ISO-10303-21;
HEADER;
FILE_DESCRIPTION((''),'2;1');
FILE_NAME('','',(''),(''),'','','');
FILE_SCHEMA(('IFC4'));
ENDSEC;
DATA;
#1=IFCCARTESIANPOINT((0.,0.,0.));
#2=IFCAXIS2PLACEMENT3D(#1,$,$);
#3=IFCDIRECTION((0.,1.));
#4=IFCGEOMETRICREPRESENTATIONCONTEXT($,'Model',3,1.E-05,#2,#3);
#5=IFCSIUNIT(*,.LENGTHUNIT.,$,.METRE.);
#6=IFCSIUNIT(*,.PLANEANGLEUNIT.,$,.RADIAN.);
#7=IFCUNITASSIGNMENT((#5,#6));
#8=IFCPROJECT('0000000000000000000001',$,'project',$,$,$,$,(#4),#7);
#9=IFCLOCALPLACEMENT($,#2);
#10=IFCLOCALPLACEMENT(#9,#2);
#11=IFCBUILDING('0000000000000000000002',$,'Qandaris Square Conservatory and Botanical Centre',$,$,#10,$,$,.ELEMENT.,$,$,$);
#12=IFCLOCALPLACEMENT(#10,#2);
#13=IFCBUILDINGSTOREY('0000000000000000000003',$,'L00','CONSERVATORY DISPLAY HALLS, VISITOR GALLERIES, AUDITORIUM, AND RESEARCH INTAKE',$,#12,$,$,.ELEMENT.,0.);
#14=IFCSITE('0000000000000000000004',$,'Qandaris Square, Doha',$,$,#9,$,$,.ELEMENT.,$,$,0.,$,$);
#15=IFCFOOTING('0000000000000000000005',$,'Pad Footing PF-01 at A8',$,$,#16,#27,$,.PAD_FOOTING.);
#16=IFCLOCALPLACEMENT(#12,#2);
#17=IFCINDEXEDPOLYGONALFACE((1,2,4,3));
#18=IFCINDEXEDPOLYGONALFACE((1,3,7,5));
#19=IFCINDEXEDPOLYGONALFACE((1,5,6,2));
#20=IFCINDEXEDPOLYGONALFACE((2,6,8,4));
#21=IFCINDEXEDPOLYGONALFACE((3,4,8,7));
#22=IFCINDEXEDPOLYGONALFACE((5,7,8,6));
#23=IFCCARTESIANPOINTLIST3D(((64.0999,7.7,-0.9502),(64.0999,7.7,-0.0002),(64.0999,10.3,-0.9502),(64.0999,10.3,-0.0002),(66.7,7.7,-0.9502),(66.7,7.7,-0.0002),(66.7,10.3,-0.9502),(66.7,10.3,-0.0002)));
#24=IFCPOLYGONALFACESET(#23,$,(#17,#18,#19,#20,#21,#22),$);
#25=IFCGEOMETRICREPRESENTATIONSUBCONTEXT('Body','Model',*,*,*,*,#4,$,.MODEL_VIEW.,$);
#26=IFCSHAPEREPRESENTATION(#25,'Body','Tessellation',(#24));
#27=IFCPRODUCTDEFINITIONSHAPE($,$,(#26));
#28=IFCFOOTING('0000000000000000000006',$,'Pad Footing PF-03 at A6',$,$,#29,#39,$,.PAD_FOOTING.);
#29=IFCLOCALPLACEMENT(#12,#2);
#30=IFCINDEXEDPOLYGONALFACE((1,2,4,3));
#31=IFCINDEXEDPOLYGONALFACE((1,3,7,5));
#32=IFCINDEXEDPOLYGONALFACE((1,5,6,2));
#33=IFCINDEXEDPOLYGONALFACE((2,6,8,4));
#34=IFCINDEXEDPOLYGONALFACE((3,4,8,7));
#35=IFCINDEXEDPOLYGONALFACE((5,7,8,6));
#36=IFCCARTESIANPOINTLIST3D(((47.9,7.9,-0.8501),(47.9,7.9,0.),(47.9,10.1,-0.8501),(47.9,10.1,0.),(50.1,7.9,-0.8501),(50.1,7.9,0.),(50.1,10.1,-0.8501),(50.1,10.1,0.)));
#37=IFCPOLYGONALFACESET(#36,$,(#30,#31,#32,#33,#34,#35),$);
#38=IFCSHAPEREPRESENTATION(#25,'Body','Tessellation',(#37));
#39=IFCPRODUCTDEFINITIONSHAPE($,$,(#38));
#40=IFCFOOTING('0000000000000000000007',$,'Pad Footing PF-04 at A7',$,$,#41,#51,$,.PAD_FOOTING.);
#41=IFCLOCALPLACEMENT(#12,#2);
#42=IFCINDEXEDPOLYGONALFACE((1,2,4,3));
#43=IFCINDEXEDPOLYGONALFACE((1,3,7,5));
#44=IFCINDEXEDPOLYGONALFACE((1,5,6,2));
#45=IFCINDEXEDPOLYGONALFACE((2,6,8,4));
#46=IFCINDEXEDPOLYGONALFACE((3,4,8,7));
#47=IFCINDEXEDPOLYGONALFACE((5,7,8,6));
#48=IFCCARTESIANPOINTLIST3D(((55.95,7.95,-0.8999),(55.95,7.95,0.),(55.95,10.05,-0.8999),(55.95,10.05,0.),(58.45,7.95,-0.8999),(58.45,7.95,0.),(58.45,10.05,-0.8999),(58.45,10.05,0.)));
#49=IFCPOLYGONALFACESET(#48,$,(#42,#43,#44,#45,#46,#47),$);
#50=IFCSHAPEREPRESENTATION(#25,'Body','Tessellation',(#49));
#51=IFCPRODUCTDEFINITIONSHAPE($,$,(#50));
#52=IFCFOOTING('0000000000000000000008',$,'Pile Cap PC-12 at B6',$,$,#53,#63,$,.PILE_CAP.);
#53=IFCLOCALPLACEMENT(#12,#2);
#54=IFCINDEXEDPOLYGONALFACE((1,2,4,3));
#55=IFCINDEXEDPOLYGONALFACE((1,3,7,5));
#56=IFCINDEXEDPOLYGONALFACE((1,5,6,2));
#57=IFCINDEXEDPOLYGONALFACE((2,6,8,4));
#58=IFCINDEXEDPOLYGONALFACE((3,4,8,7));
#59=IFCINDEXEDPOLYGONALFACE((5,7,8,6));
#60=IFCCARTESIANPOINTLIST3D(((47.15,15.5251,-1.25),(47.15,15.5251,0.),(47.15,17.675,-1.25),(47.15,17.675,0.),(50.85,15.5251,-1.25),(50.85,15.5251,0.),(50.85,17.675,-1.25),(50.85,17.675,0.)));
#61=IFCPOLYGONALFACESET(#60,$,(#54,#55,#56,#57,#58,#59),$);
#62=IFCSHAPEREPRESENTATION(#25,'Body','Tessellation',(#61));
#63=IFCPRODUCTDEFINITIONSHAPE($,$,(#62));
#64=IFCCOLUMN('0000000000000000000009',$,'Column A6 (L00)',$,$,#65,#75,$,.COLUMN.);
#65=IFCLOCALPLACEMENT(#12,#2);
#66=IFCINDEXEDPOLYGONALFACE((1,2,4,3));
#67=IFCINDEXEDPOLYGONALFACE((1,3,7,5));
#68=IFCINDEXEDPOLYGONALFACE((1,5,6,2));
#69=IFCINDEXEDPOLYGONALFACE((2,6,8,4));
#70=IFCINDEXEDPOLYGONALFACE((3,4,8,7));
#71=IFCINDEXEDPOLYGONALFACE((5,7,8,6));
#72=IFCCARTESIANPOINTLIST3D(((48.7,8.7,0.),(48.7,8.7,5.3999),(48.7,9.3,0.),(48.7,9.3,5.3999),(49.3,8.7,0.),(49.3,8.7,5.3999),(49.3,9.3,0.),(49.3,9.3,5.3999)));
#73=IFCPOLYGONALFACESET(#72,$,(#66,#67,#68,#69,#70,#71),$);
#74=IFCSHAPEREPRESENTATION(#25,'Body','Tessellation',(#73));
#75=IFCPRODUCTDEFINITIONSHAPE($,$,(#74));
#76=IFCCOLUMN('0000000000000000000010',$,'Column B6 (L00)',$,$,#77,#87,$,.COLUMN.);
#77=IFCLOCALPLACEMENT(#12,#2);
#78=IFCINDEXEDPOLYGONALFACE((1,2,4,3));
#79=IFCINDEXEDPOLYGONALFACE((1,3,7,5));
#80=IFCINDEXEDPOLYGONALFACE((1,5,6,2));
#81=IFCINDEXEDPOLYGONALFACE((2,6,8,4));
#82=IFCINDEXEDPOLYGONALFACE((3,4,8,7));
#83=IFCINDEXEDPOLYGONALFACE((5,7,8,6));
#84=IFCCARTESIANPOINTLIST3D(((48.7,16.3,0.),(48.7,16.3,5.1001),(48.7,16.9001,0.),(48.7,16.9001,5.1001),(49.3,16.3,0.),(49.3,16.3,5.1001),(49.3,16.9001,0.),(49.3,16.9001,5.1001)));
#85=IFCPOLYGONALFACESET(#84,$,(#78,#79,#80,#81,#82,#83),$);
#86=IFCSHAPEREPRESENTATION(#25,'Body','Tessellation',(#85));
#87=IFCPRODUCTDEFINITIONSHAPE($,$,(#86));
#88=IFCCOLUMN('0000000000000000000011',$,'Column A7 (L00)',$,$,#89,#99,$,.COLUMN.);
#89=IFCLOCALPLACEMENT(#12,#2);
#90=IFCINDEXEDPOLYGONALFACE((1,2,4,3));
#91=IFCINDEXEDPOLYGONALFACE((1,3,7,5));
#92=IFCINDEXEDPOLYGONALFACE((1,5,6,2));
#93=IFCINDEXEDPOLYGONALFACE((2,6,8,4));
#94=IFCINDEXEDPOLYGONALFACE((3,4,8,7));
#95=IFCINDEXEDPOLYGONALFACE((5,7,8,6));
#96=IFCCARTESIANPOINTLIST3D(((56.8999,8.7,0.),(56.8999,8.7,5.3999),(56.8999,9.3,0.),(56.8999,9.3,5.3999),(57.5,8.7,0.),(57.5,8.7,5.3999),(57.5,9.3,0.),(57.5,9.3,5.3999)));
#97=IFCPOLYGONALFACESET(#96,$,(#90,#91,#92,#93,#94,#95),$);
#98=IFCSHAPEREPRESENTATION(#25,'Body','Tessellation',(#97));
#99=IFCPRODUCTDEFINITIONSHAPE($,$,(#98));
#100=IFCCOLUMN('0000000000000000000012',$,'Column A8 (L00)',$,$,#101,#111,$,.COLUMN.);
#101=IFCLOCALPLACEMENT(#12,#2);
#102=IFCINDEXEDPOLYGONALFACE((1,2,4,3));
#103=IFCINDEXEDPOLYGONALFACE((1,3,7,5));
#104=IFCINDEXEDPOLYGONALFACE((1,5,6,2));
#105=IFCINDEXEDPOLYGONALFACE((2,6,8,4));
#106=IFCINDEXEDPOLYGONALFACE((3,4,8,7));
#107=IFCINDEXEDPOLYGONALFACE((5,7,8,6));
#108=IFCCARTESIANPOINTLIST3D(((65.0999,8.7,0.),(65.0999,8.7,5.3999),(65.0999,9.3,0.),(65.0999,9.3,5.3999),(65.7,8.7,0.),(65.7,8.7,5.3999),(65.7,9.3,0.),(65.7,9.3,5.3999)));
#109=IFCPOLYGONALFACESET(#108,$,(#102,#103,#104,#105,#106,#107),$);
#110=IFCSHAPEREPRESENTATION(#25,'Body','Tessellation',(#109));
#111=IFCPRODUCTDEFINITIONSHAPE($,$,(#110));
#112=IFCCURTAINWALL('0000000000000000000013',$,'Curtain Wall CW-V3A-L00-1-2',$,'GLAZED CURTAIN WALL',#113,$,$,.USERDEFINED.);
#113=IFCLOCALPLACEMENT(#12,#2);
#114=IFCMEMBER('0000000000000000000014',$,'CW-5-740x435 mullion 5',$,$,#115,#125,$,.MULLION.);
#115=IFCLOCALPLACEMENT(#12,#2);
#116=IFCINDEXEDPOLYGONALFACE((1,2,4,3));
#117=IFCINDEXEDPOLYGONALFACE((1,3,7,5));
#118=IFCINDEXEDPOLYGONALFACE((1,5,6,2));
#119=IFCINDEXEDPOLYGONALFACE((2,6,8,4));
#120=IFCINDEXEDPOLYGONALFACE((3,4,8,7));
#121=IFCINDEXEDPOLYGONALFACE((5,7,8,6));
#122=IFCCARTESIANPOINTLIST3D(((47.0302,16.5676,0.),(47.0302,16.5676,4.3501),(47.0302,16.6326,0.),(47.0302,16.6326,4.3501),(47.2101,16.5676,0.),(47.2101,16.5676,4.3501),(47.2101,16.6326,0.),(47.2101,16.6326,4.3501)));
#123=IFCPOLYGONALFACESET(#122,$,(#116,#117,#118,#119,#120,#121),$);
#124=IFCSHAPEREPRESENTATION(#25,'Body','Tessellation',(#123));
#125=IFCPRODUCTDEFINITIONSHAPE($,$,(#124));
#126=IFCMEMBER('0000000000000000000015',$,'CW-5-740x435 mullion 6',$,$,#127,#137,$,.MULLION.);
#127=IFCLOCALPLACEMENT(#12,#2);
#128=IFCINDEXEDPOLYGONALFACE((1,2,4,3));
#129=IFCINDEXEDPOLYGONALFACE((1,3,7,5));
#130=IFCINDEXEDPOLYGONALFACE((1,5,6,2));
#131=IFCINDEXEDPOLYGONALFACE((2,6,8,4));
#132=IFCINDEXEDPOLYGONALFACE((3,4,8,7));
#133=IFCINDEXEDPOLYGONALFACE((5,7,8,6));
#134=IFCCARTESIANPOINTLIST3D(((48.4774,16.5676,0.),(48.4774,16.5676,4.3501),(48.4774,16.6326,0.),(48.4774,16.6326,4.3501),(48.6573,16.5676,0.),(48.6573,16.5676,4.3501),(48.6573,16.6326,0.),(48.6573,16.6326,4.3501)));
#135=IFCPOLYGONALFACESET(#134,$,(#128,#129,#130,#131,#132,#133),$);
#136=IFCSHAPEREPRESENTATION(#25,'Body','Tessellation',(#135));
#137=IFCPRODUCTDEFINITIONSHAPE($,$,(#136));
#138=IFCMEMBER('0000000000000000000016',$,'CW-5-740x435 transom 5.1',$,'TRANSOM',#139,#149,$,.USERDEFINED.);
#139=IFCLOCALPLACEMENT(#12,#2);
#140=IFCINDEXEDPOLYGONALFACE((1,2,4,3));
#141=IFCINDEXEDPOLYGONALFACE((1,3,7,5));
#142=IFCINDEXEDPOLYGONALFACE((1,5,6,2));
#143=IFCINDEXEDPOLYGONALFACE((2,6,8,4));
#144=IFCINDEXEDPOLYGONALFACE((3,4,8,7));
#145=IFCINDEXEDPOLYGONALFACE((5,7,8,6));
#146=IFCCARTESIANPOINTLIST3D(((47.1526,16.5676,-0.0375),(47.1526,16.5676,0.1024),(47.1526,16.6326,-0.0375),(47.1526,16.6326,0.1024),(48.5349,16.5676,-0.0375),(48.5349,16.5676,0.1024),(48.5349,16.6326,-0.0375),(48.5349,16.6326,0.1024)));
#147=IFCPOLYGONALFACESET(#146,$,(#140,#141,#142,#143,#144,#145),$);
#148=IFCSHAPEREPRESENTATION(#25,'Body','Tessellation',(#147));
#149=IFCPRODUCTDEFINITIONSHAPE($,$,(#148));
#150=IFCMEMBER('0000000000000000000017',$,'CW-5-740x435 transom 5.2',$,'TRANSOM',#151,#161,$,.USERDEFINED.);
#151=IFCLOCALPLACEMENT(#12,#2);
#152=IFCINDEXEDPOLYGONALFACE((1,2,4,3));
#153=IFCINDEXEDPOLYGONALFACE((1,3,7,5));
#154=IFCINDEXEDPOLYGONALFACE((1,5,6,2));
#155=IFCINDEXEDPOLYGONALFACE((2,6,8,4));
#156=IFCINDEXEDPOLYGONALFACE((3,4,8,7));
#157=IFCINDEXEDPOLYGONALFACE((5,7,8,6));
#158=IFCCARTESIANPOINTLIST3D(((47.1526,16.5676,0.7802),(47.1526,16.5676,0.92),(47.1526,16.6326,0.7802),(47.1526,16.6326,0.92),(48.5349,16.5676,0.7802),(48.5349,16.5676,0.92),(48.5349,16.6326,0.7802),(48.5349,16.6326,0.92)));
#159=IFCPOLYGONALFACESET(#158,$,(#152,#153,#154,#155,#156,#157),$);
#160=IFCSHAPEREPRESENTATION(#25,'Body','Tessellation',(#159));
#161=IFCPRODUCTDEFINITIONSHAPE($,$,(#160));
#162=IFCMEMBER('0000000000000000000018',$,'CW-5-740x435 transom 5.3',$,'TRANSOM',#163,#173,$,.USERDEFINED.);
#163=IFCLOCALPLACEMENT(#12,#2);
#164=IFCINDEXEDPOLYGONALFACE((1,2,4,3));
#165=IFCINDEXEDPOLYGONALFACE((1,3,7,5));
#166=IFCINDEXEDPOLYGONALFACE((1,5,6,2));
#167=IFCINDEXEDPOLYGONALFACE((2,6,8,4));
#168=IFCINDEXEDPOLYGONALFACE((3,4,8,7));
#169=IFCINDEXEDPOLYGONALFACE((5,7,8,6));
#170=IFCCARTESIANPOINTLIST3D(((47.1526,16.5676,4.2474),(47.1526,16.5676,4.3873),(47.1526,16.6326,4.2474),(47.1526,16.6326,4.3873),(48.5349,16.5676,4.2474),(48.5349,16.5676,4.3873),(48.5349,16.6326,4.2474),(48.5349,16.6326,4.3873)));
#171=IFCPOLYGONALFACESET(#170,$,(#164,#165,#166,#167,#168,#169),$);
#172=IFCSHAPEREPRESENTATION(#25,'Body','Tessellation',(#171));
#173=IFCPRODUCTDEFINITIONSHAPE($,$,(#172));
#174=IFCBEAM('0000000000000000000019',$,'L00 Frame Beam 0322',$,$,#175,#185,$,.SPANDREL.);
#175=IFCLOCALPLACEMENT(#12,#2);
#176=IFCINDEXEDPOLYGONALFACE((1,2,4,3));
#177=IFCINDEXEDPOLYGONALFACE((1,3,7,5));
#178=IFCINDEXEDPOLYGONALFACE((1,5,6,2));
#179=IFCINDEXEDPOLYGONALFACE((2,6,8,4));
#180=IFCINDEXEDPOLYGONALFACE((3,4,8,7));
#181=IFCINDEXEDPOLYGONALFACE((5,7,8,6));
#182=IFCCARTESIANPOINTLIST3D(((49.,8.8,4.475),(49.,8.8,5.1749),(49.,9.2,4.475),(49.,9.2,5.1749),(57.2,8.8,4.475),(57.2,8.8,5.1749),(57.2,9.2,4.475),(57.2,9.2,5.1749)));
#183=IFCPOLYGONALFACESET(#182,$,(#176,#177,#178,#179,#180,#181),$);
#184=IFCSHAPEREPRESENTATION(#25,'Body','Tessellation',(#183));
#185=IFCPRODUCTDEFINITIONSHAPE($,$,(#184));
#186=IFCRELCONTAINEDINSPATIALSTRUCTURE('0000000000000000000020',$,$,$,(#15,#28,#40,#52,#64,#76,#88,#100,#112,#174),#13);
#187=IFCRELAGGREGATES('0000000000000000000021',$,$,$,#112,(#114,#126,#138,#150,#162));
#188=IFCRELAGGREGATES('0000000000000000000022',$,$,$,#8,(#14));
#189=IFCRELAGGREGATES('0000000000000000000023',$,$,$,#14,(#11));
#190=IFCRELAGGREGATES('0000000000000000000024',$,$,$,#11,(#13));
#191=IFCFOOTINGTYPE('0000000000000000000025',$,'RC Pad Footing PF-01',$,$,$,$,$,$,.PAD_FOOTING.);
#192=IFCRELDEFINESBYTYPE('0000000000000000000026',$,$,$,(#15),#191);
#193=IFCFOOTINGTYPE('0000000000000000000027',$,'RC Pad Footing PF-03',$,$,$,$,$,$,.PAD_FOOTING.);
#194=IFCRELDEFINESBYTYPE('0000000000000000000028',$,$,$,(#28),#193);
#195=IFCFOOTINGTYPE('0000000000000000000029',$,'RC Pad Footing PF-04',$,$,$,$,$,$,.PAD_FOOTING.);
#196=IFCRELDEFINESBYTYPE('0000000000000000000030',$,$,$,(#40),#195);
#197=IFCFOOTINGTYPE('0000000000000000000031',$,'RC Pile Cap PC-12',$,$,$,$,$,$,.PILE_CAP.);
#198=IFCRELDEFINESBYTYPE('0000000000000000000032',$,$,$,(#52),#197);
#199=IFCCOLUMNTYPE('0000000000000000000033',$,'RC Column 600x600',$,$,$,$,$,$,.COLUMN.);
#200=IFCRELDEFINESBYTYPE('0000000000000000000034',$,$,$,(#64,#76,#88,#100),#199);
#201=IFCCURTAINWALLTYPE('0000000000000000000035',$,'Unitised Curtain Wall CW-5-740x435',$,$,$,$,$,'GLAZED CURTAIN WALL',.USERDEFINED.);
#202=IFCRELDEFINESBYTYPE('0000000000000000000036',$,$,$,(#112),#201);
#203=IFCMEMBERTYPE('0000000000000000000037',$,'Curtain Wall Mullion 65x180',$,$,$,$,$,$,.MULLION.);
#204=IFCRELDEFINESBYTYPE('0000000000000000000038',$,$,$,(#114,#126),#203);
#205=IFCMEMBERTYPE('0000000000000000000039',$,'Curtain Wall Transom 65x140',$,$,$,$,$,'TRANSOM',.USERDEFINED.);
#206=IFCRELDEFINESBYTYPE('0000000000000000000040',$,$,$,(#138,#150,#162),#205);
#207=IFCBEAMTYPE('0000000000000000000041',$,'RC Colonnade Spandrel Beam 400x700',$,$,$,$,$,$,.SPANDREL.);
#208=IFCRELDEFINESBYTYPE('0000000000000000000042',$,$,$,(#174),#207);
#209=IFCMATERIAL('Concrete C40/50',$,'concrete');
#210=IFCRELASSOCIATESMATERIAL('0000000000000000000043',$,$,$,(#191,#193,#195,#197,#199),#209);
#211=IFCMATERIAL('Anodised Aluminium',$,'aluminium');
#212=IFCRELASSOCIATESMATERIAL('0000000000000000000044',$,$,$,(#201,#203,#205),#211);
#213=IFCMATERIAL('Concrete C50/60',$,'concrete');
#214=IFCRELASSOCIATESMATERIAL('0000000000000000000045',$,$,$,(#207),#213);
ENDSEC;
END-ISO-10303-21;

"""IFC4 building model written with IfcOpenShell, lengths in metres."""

from ifc_helpers import new_model, si_unit, direction, frame, origin, origin_2d, place, context, subcontext, project, spatial, rectangle, extrude, material, material_profile, profile_set, type_object, element, aggregate, save


model = new_model("IFC4")

# Units and contexts
model_context = context("Model", 3, precision=1e-05, world=origin(), true_north=direction((0.0, 1.0)))
body_context = subcontext(model_context, "Body", "Model", "MODEL_VIEW")
ifc_project = project(units=[si_unit("LENGTHUNIT", "METRE"), si_unit("PLANEANGLEUNIT", "RADIAN")], contexts=[model_context])

# Site, building, storey
site_placement = place(None, origin())
site = spatial("IfcSite", under=ifc_project, at=site_placement, Name="Qandaris Square, Doha", CompositionType="ELEMENT", RefElevation=0.0)
building_placement = place(site_placement, origin())
building = spatial("IfcBuilding", under=site, at=building_placement, Name="Qandaris Square Conservatory and Botanical Centre", CompositionType="ELEMENT")
storey_placement = place(building_placement, origin())
storey = spatial("IfcBuildingStorey", under=building, at=storey_placement, Name="L00", Description="CONSERVATORY DISPLAY HALLS, VISITOR GALLERIES, AUDITORIUM, AND RESEARCH INTAKE", CompositionType="ELEMENT", Elevation=0.0)

# Shared definitions
ifc_material_1 = material(Name="Concrete C50/60", Category="concrete")

# Footings
ifc_material_2 = material(Name="Concrete C40/50", Category="concrete")
footing_type_1 = type_object("IfcFootingType", Name="RC Pad Footing PF-01", PredefinedType="PAD_FOOTING", material=ifc_material_2)
footing_1_placement = place(storey_placement, frame((65.3999, 9.0, -0.9502), z_axis=(0.0, 0.0, 1.0), x_axis=(1.0, 0.0, 0.0)))
element("IfcFooting", 1, at=footing_1_placement, inside=storey, type_object=footing_type_1, Name="Pad Footing PF-01 at A8", PredefinedType="PAD_FOOTING", context=body_context, shape_type="SweptSolid", body=[
    extrude(rectangle(XDim=2.6001, YDim=2.6001, at=origin_2d()), origin(), (0.0, 0.0, 1.0), 0.95),
])
footing_type_2 = type_object("IfcFootingType", Name="RC Pad Footing PF-03", PredefinedType="PAD_FOOTING", material=ifc_material_2)
footing_2_placement = place(storey_placement, frame((49.0, 9.0, -0.8501), z_axis=(0.0, 0.0, 1.0), x_axis=(1.0, 0.0, 0.0)))
element("IfcFooting", 2, at=footing_2_placement, inside=storey, type_object=footing_type_2, Name="Pad Footing PF-03 at A6", PredefinedType="PAD_FOOTING", context=body_context, shape_type="SweptSolid", body=[
    extrude(rectangle(XDim=2.2, YDim=2.2, at=origin_2d()), origin(), (0.0, 0.0, 1.0), 0.8501),
])
footing_type_3 = type_object("IfcFootingType", Name="RC Pad Footing PF-04", PredefinedType="PAD_FOOTING", material=ifc_material_2)
footing_3_placement = place(storey_placement, frame((57.2, 9.0, -0.8999), z_axis=(0.0, 0.0, 1.0), x_axis=(1.0, 0.0, 0.0)))
element("IfcFooting", 3, at=footing_3_placement, inside=storey, type_object=footing_type_3, Name="Pad Footing PF-04 at A7", PredefinedType="PAD_FOOTING", context=body_context, shape_type="SweptSolid", body=[
    extrude(rectangle(XDim=2.5, YDim=2.1001, at=origin_2d()), origin(), (0.0, 0.0, 1.0), 0.8999),
])
footing_type_4 = type_object("IfcFootingType", Name="RC Pile Cap PC-12", PredefinedType="PILE_CAP", material=ifc_material_2)
footing_4_placement = place(storey_placement, frame((49.0, 16.6001, -1.25), z_axis=(0.0, 0.0, 1.0), x_axis=(1.0, 0.0, 0.0)))
element("IfcFooting", 4, at=footing_4_placement, inside=storey, type_object=footing_type_4, Name="Pile Cap PC-12 at B6", PredefinedType="PILE_CAP", context=body_context, shape_type="SweptSolid", body=[
    extrude(rectangle(XDim=3.7, YDim=2.1499, at=origin_2d()), origin(), (0.0, 0.0, 1.0), 1.25),
])

# Columns
ifc_material_profile_1 = material_profile(ifc_material_2, rectangle(XDim=0.6001, YDim=0.6001, at=origin_2d()), Name="RC-COL 600x600")
ifc_profile_set_1 = profile_set([ifc_material_profile_1], Name="Concrete C40/50")
column_type = type_object("IfcColumnType", Name="RC Column 600x600", PredefinedType="COLUMN", material=ifc_profile_set_1)
column_1_placement = place(storey_placement, frame((49.0, 9.0, 0.0), z_axis=(0.0, 0.0, 1.0), x_axis=(1.0, 0.0, 0.0)))
element("IfcColumn", 5, at=column_1_placement, inside=storey, type_object=column_type, Name="Column A6 (L00)", PredefinedType="COLUMN", context=body_context, shape_type="SweptSolid", body=[
    extrude(rectangle(XDim=0.6001, YDim=0.6001, at=origin_2d()), origin(), (0.0, 0.0, 1.0), 5.3999),
])
column_2_placement = place(storey_placement, frame((49.0, 16.6001, 0.0), z_axis=(0.0, 0.0, 1.0), x_axis=(1.0, 0.0, 0.0)))
element("IfcColumn", 6, at=column_2_placement, inside=storey, type_object=column_type, Name="Column B6 (L00)", PredefinedType="COLUMN", context=body_context, shape_type="SweptSolid", body=[
    extrude(rectangle(XDim=0.6001, YDim=0.6001, at=origin_2d()), origin(), (0.0, 0.0, 1.0), 5.1001),
])
for number, where, z_axis, x_axis, name in (
    (7, (57.2, 9.0, 0.0), (0.0, 0.0, 1.0), (1.0, 0.0, 0.0), "Column A7 (L00)"),
    (8, (65.3999, 9.0, 0.0), (0.0, 0.0, 1.0), (1.0, 0.0, 0.0), "Column A8 (L00)"),
):
    element("IfcColumn", number, at=place(storey_placement, frame(where, z_axis=z_axis, x_axis=x_axis)), inside=storey, type_object=column_type, Name=name, PredefinedType="COLUMN", context=body_context, shape_type="SweptSolid", body=[
        extrude(rectangle(XDim=0.6001, YDim=0.6001, at=origin_2d()), origin(), (0.0, 0.0, 1.0), 5.3999),
    ])

# Curtain wall, members
ifc_material_3 = material(Name="Anodised Aluminium", Category="aluminium")
curtain_wall_type = type_object("IfcCurtainWallType", Name="Unitised Curtain Wall CW-5-740x435", ElementType="GLAZED CURTAIN WALL", PredefinedType="USERDEFINED", material=ifc_material_3)
curtain_wall_placement = place(storey_placement, origin())
curtain_wall = element("IfcCurtainWall", 9, at=curtain_wall_placement, inside=storey, type_object=curtain_wall_type, Name="Curtain Wall CW-V3A-L00-1-2", ObjectType="GLAZED CURTAIN WALL", PredefinedType="USERDEFINED")
ifc_material_profile_2 = material_profile(ifc_material_3, rectangle(XDim=0.0649, YDim=0.1799, at=origin_2d()), Name="ALU-MUL 65x180")
ifc_profile_set_2 = profile_set([ifc_material_profile_2], Name="Anodised Aluminium")
member_type_1 = type_object("IfcMemberType", Name="Curtain Wall Mullion 65x180", PredefinedType="MULLION", material=ifc_profile_set_2)
member_1_placement = place(storey_placement, frame((47.1201, 16.6001, 0.0), z_axis=(0.0, 0.0, 1.0), x_axis=(0.0, 1.0, 0.0)))
member_1 = element("IfcMember", 10, at=member_1_placement, type_object=member_type_1, Name="CW-5-740x435 mullion 5", PredefinedType="MULLION", context=body_context, shape_type="SweptSolid", body=[
    extrude(rectangle(XDim=0.0649, YDim=0.1799, at=origin_2d()), origin(), (0.0, 0.0, 1.0), 4.3501),
])
member_2_placement = place(storey_placement, frame((48.5674, 16.6001, 0.0), z_axis=(0.0, 0.0, 1.0), x_axis=(0.0, 1.0, 0.0)))
member_2 = element("IfcMember", 11, at=member_2_placement, type_object=member_type_1, Name="CW-5-740x435 mullion 6", PredefinedType="MULLION", context=body_context, shape_type="SweptSolid", body=[
    extrude(rectangle(XDim=0.0649, YDim=0.1799, at=origin_2d()), origin(), (0.0, 0.0, 1.0), 4.3501),
])
ifc_material_profile_3 = material_profile(ifc_material_3, rectangle(XDim=0.0649, YDim=0.1399, at=origin_2d()), Name="ALU-TRN 65x140")
ifc_profile_set_3 = profile_set([ifc_material_profile_3], Name="Anodised Aluminium")
member_type_2 = type_object("IfcMemberType", Name="Curtain Wall Transom 65x140", ElementType="TRANSOM", PredefinedType="USERDEFINED", material=ifc_profile_set_3)
member_3_placement = place(storey_placement, frame((47.1526, 16.6001, 0.0325), z_axis=(1.0, 0.0, 0.0), x_axis=(0.0, 1.0, 0.0)))
member_3 = element("IfcMember", 12, at=member_3_placement, type_object=member_type_2, Name="CW-5-740x435 transom 5.1", ObjectType="TRANSOM", PredefinedType="USERDEFINED", context=body_context, shape_type="SweptSolid", body=[
    extrude(rectangle(XDim=0.0649, YDim=0.1399, at=origin_2d()), origin(), (0.0, 0.0, 1.0), 1.3823),
])
member_4_placement = place(storey_placement, frame((47.1526, 16.6001, 0.8501), z_axis=(1.0, 0.0, 0.0), x_axis=(0.0, 1.0, 0.0)))
member_4 = element("IfcMember", 13, at=member_4_placement, type_object=member_type_2, Name="CW-5-740x435 transom 5.2", ObjectType="TRANSOM", PredefinedType="USERDEFINED", context=body_context, shape_type="SweptSolid", body=[
    extrude(rectangle(XDim=0.0649, YDim=0.1399, at=origin_2d()), origin(), (0.0, 0.0, 1.0), 1.3823),
])
member_5_placement = place(storey_placement, frame((47.1526, 16.6001, 4.3174), z_axis=(1.0, 0.0, 0.0), x_axis=(0.0, 1.0, 0.0)))
member_5 = element("IfcMember", 14, at=member_5_placement, type_object=member_type_2, Name="CW-5-740x435 transom 5.3", ObjectType="TRANSOM", PredefinedType="USERDEFINED", context=body_context, shape_type="SweptSolid", body=[
    extrude(rectangle(XDim=0.0649, YDim=0.1399, at=origin_2d()), origin(), (0.0, 0.0, 1.0), 1.3823),
])

# Beam
ifc_material_profile_4 = material_profile(ifc_material_1, rectangle(XDim=0.3999, YDim=0.7, at=origin_2d()), Name="RC-SP 400x700")
ifc_profile_set_4 = profile_set([ifc_material_profile_4], Name="Concrete C50/60")
beam_type_1 = type_object("IfcBeamType", Name="RC Colonnade Spandrel Beam 400x700", PredefinedType="SPANDREL", material=ifc_profile_set_4)
for number, where, z_axis, x_axis, name in (
    (15, (49.0, 9.0, 4.825), (1.0, 0.0, 0.0), (0.0, 1.0, 0.0), "L00 Frame Beam 0322"),
):
    element("IfcBeam", number, at=place(storey_placement, frame(where, z_axis=z_axis, x_axis=x_axis)), inside=storey, type_object=beam_type_1, Name=name, PredefinedType="SPANDREL", context=body_context, shape_type="SweptSolid", body=[
        extrude(rectangle(XDim=0.3999, YDim=0.7, at=origin_2d()), origin(), (0.0, 0.0, 1.0), 8.2),
    ])

aggregate(curtain_wall, [member_1, member_2, member_3, member_4, member_5])

save(model, "model.ifc")
